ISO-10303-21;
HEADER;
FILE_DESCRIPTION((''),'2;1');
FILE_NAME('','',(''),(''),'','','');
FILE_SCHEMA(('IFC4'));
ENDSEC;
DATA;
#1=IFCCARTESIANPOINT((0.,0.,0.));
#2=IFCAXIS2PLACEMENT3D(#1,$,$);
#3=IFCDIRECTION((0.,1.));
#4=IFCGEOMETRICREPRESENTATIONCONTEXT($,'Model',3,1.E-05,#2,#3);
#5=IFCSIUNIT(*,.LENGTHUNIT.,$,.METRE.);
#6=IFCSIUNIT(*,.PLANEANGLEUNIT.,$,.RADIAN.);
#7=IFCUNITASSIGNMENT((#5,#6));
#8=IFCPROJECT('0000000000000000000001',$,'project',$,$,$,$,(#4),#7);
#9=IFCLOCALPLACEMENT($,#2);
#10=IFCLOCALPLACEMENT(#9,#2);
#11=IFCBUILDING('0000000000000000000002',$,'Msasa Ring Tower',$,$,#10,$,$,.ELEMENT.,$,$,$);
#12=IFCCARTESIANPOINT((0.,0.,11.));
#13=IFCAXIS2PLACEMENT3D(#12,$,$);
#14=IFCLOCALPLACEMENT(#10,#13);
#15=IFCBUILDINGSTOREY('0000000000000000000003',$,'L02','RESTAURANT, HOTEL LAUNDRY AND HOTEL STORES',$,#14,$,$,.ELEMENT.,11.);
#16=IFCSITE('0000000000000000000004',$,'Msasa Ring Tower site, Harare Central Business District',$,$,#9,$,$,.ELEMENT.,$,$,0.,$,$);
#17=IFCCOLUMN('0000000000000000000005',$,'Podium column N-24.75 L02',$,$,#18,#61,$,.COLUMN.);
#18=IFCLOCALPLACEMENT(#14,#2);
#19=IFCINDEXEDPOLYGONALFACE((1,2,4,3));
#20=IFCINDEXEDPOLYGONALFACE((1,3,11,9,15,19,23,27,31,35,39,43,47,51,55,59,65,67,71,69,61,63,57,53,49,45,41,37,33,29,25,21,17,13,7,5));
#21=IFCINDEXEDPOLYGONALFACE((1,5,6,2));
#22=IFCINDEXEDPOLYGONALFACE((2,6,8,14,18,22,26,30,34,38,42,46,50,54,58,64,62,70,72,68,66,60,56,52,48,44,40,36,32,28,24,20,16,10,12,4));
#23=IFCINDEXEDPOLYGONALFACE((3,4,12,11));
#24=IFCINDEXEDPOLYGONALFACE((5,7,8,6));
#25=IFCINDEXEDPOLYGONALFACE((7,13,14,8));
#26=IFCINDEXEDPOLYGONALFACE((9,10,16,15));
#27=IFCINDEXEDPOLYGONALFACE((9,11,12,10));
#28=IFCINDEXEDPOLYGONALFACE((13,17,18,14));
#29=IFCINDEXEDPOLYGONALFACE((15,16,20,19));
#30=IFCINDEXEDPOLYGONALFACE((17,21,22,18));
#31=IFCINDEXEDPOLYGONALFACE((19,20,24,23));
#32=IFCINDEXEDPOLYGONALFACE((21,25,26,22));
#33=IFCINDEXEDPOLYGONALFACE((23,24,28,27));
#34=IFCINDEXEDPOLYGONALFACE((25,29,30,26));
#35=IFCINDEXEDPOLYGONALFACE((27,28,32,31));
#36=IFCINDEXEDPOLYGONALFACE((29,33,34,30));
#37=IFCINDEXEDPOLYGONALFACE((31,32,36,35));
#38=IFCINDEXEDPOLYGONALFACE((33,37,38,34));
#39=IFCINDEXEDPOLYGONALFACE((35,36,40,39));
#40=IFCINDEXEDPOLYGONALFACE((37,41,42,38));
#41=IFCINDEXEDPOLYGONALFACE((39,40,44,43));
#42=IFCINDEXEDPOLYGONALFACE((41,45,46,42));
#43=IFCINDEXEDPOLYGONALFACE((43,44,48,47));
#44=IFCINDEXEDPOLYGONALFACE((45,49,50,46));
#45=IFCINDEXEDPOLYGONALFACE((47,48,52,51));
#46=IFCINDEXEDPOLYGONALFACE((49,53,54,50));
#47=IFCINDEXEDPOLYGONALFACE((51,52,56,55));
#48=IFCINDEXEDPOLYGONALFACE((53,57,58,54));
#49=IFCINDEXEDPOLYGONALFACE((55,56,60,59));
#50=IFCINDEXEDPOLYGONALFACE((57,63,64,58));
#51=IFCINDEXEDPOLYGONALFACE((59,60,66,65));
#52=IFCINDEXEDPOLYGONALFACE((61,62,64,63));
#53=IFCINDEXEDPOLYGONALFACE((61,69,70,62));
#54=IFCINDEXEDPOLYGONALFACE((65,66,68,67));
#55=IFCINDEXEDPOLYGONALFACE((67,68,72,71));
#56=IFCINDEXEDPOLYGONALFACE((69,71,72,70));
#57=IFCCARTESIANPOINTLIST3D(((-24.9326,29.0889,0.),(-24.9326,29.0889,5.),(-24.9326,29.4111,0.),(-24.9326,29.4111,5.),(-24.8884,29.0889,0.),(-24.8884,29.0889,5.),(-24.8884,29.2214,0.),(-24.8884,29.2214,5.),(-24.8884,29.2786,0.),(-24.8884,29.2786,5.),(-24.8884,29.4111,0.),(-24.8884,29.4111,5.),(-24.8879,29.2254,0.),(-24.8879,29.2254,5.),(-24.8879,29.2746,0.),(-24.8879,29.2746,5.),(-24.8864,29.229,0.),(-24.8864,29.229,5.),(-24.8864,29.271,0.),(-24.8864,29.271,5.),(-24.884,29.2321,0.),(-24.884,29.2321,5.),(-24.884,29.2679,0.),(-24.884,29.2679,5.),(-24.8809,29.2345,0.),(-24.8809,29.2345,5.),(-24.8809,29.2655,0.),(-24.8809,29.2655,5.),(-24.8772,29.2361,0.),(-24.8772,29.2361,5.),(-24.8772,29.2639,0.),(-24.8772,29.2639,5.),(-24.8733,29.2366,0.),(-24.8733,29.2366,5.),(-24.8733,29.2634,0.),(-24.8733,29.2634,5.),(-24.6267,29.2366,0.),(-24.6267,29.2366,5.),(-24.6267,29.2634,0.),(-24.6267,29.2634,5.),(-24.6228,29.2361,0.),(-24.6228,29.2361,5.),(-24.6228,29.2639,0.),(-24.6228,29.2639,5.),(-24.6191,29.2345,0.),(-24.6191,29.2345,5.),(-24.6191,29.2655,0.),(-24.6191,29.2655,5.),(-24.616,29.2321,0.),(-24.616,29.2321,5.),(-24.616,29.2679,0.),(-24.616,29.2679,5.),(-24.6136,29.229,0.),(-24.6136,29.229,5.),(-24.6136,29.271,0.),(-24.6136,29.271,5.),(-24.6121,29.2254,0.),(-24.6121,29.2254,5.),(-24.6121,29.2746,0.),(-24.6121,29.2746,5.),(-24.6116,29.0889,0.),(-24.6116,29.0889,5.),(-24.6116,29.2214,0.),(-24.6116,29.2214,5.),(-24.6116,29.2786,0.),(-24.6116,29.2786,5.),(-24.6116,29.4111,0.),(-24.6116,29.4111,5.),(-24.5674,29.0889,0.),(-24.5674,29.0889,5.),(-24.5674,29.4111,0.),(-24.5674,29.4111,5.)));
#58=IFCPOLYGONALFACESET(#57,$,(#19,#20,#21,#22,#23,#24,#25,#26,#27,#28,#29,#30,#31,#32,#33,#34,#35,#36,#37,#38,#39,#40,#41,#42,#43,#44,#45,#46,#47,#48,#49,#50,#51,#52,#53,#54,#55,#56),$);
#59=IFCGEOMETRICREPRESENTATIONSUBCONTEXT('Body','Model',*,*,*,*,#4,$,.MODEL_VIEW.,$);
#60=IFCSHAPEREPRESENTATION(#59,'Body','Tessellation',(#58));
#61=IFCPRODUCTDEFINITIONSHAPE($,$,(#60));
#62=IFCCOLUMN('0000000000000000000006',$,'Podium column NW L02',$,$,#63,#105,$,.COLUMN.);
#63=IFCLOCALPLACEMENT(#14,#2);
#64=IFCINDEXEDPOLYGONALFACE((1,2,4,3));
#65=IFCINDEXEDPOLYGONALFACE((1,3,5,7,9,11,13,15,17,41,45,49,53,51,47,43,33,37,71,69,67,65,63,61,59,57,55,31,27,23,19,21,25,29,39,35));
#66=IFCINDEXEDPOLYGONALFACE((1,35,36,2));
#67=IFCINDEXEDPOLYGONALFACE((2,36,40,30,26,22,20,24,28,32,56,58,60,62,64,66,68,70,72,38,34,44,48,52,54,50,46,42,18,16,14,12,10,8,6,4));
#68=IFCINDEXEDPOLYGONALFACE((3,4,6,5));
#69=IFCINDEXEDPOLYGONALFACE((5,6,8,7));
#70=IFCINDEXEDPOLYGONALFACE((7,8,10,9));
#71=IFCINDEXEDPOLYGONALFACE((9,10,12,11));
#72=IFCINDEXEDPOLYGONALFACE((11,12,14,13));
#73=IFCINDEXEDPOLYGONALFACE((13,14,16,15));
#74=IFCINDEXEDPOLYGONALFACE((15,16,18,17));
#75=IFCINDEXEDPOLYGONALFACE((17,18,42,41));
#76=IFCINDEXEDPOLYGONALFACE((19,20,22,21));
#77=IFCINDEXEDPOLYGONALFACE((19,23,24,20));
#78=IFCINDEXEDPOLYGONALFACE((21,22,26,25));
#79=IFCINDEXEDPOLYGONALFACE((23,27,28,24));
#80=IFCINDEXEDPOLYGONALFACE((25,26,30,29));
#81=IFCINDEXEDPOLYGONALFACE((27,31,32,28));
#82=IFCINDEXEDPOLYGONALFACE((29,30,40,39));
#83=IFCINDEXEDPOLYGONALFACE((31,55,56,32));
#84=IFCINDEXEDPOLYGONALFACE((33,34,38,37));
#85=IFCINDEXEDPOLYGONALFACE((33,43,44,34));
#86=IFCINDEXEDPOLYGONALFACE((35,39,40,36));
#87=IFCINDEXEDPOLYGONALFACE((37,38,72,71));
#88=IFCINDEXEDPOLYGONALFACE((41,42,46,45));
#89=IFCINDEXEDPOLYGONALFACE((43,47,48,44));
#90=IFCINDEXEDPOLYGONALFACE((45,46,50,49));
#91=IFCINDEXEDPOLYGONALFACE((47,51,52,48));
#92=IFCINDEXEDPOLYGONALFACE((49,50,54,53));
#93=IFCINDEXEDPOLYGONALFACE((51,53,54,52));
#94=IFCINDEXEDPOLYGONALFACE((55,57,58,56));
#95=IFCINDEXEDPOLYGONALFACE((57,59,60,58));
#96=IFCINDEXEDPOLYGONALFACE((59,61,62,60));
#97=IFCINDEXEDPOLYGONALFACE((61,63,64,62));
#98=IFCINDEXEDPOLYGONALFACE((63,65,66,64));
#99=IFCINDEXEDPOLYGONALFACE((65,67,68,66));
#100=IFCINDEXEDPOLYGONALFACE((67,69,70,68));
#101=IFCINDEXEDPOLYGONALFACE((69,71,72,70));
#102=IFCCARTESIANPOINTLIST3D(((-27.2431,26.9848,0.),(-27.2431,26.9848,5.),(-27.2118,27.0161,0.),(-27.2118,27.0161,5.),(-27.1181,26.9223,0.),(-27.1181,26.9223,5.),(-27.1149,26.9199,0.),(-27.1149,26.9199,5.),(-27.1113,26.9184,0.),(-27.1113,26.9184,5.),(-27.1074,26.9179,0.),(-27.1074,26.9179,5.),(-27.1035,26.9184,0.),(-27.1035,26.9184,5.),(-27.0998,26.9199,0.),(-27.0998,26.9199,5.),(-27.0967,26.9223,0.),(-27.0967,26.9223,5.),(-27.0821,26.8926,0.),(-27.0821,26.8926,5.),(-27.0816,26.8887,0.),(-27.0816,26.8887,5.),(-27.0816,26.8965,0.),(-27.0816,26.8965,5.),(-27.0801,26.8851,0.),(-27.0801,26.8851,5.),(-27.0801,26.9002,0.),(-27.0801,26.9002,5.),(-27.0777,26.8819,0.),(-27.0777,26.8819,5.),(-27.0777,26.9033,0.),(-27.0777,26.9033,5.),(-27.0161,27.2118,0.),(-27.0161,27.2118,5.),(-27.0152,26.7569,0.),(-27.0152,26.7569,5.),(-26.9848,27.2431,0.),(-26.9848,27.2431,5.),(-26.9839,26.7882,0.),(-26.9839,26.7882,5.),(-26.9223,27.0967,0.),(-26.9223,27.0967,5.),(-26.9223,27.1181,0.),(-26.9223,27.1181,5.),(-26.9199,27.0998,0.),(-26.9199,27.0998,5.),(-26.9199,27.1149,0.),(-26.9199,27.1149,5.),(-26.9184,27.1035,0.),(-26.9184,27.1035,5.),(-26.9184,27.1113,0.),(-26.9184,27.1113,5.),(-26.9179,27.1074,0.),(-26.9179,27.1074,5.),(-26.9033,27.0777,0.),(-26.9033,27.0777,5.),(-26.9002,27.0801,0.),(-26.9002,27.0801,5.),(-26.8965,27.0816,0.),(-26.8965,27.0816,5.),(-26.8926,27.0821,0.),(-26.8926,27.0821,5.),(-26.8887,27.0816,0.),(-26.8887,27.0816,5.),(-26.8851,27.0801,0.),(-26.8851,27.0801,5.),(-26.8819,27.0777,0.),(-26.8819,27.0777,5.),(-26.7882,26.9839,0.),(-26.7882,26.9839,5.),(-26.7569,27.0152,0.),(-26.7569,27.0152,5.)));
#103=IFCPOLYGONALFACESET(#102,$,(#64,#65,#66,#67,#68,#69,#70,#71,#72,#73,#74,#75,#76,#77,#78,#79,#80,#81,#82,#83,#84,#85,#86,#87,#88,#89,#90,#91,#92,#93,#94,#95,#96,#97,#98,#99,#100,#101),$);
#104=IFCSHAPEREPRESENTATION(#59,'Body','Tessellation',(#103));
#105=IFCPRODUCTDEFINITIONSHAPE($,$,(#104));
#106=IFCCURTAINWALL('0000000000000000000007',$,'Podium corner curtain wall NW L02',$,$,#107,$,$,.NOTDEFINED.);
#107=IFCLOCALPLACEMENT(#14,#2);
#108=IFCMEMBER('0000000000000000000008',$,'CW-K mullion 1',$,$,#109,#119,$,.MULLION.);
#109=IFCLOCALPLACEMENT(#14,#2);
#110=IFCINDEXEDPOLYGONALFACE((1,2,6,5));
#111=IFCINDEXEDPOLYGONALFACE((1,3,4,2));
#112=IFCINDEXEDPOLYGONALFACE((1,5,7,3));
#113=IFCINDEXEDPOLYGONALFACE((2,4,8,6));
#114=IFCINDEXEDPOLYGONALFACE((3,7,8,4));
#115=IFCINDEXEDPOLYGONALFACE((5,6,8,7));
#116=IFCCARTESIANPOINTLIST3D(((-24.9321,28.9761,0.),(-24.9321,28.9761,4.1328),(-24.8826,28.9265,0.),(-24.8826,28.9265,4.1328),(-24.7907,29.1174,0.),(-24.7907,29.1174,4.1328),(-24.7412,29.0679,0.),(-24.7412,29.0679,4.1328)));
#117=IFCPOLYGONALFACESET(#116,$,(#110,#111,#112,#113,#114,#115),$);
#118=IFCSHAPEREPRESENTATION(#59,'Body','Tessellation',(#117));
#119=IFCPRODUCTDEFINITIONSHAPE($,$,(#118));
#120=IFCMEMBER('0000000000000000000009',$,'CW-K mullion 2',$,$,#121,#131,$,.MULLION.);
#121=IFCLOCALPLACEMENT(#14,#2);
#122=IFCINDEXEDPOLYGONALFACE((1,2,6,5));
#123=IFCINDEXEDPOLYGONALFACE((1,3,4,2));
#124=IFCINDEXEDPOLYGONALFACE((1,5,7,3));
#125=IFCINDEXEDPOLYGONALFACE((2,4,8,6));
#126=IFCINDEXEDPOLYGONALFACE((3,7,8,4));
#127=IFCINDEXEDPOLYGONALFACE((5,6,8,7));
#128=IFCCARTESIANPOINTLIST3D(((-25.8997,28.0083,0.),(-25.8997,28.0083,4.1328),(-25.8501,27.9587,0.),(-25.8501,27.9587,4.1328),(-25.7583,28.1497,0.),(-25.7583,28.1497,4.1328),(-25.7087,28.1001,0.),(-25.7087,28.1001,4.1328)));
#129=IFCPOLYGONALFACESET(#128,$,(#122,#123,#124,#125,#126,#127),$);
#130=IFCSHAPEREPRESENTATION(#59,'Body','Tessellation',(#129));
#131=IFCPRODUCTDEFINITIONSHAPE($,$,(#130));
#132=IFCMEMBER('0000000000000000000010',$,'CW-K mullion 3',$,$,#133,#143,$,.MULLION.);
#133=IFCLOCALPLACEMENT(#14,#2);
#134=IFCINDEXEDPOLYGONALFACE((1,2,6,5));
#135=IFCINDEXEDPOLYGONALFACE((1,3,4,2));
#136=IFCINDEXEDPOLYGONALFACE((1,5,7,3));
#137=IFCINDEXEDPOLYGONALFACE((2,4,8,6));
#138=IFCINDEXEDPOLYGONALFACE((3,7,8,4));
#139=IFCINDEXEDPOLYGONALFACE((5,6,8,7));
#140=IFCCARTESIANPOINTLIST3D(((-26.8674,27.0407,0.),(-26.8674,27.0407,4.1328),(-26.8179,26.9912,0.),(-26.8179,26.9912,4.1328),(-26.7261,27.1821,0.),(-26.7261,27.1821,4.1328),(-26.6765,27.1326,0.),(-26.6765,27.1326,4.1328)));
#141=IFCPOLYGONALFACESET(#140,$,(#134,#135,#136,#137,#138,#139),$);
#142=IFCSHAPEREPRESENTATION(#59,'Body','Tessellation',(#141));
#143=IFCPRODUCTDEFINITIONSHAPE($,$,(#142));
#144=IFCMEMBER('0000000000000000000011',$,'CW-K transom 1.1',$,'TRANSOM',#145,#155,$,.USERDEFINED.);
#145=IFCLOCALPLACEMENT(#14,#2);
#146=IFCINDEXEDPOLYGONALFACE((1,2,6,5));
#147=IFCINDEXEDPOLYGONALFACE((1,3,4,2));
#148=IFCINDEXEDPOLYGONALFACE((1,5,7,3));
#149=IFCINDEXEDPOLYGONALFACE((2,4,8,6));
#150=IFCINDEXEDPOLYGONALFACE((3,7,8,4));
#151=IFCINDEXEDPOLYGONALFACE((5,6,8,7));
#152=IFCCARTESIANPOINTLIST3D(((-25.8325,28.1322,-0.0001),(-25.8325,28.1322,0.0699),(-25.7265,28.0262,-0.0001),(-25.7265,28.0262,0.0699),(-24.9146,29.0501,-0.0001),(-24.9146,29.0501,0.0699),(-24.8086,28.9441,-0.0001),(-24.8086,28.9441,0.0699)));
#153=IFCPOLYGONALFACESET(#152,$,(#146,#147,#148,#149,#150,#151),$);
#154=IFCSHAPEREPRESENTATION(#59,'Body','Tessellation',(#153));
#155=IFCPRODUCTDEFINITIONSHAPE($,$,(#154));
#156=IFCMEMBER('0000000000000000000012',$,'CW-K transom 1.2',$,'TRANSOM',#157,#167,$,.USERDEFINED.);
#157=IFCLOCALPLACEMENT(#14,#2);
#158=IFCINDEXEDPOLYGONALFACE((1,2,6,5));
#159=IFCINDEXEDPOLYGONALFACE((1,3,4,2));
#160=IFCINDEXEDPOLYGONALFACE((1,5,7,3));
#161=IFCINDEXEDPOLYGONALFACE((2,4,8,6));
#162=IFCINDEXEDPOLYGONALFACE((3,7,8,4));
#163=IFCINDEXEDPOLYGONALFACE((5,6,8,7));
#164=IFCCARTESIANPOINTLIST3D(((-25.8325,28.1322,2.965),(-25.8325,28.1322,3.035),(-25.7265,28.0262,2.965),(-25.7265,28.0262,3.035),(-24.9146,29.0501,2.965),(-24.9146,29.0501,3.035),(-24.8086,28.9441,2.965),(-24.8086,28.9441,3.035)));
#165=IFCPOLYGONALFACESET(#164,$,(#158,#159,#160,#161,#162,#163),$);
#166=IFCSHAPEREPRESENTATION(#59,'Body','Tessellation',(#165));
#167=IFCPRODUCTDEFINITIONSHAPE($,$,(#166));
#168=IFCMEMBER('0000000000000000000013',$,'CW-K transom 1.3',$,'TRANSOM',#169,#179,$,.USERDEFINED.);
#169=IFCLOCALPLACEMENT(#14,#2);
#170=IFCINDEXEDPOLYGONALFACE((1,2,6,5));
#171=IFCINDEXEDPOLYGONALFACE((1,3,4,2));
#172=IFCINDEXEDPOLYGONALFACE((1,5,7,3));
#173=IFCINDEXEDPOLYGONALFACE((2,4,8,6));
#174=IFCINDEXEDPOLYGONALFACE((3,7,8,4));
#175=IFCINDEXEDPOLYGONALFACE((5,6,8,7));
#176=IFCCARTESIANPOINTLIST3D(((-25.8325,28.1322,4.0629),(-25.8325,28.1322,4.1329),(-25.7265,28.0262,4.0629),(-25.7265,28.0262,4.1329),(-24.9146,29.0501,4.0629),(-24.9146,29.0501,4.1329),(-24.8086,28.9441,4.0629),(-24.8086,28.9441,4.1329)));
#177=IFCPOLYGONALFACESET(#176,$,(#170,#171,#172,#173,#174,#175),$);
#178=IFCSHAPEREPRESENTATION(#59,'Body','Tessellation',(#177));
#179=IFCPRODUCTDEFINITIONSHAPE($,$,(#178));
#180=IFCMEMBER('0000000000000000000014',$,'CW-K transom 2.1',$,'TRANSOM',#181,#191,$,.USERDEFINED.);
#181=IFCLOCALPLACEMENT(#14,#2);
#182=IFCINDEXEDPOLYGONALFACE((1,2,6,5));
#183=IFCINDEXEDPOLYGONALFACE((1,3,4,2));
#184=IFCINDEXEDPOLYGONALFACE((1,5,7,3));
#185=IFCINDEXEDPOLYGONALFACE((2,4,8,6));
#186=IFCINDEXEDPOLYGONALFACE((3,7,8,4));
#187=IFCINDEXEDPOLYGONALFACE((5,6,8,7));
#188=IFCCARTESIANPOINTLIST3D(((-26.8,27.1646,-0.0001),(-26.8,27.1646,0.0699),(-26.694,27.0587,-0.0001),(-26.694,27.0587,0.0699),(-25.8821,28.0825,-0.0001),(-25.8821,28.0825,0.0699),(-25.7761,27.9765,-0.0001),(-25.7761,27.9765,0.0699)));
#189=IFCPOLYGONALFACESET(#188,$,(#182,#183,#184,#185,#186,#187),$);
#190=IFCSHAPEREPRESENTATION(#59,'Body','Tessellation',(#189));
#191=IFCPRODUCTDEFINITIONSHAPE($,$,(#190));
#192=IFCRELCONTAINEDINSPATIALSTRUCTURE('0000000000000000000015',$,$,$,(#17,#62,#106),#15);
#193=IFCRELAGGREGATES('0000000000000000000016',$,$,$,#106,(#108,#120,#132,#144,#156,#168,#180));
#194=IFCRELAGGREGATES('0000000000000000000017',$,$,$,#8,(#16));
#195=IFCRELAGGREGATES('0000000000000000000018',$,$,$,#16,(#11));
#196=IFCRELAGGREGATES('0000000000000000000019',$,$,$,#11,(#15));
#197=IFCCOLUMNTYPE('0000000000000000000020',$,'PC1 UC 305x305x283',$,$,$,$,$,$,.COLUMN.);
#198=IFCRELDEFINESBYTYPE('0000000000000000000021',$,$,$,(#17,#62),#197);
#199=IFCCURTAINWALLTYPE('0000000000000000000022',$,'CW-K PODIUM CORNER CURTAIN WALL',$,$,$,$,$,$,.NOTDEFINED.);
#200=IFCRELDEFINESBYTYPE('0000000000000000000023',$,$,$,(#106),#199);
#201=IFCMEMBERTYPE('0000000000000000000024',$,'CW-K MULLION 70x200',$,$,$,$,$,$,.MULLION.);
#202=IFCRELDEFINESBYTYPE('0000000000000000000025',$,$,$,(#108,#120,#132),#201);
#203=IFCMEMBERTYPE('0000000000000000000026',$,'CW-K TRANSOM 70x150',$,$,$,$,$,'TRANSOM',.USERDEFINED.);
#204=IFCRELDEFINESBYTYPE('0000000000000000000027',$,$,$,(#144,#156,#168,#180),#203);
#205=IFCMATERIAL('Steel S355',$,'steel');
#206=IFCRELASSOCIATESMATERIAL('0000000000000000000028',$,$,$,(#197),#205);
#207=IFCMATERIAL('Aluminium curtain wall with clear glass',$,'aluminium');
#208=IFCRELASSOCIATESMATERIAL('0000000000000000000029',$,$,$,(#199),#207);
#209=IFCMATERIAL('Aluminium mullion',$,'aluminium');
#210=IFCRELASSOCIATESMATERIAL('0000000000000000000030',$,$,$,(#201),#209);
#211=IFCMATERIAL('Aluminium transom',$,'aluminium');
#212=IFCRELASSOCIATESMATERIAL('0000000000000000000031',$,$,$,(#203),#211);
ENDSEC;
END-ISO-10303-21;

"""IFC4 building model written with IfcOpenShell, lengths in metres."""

from ifc_helpers import new_model, si_unit, direction, frame, origin, origin_2d, place, context, subcontext, project, spatial, rectangle, i_section, extrude, material, material_profile, profile_set, type_object, element, aggregate, save


model = new_model("IFC4")

# Units and contexts
model_context = context("Model", 3, precision=1e-05, world=origin(), true_north=direction((0.0, 1.0)))
body_context = subcontext(model_context, "Body", "Model", "MODEL_VIEW")
ifc_project = project(units=[si_unit("LENGTHUNIT", "METRE"), si_unit("PLANEANGLEUNIT", "RADIAN")], contexts=[model_context])

# Site, building, storey
site_placement = place(None, origin())
site = spatial("IfcSite", under=ifc_project, at=site_placement, Name="Msasa Ring Tower site, Harare Central Business District", CompositionType="ELEMENT", RefElevation=0.0)
building_placement = place(site_placement, origin())
building = spatial("IfcBuilding", under=site, at=building_placement, Name="Msasa Ring Tower", CompositionType="ELEMENT")
storey_placement = place(building_placement, frame((0.0, 0.0, 11.0)))
storey = spatial("IfcBuildingStorey", under=building, at=storey_placement, Name="L02", Description="RESTAURANT, HOTEL LAUNDRY AND HOTEL STORES", CompositionType="ELEMENT", Elevation=11.0)

# Columns
ifc_material_1 = material(Name="Steel S355", Category="steel")
ifc_material_profile_1 = material_profile(ifc_material_1, i_section(OverallWidth=0.3223, OverallDepth=0.3652, WebThickness=0.0269, FlangeThickness=0.0442, FilletRadius=0.0151, at=origin_2d()), Name="UC 305x305x283")
ifc_profile_set_1 = profile_set([ifc_material_profile_1], Name="Steel S355")
column_type = type_object("IfcColumnType", Name="PC1 UC 305x305x283", PredefinedType="COLUMN", material=ifc_profile_set_1)
for number, where, z_axis, x_axis, name in (
    (1, (-24.75, 29.25, 0.0), (0.0, 0.0, 1.0), (0.0, 1.0, 0.0), "Podium column N-24.75 L02"),
    (2, (-27.0, 27.0, 0.0), (0.0, 0.0, 1.0), (0.707107, -0.707107, 0.0), "Podium column NW L02"),
):
    element("IfcColumn", number, at=place(storey_placement, frame(where, z_axis=z_axis, x_axis=x_axis)), inside=storey, type_object=column_type, Name=name, PredefinedType="COLUMN", context=body_context, shape_type="SweptSolid", body=[
        extrude(i_section(OverallWidth=0.3223, OverallDepth=0.3652, WebThickness=0.0269, FlangeThickness=0.0442, FilletRadius=0.0151, at=origin_2d()), origin(), (0.0, 0.0, 1.0), 5.0),
    ])

# Curtain wall, members
ifc_material_2 = material(Name="Aluminium curtain wall with clear glass", Category="aluminium")
curtain_wall_type = type_object("IfcCurtainWallType", Name="CW-K PODIUM CORNER CURTAIN WALL", PredefinedType="NOTDEFINED", material=ifc_material_2)
curtain_wall_placement = place(storey_placement, origin())
curtain_wall = element("IfcCurtainWall", 3, at=curtain_wall_placement, inside=storey, type_object=curtain_wall_type, Name="Podium corner curtain wall NW L02", PredefinedType="NOTDEFINED")
ifc_material_3 = material(Name="Aluminium mullion", Category="aluminium")
ifc_material_profile_2 = material_profile(ifc_material_3, rectangle(XDim=0.0701, YDim=0.2, at=origin_2d()), Name="AL 70x200")
ifc_profile_set_2 = profile_set([ifc_material_profile_2], Name="Aluminium mullion")
member_type_1 = type_object("IfcMemberType", Name="CW-K MULLION 70x200", PredefinedType="MULLION", material=ifc_profile_set_2)
member_1_placement = place(storey_placement, frame((-24.8367, 29.022, 0.0), z_axis=(0.0, 0.0, 1.0), x_axis=(0.707107, -0.707107, 0.0)))
member_1 = element("IfcMember", 4, at=member_1_placement, type_object=member_type_1, Name="CW-K mullion 1", PredefinedType="MULLION", context=body_context, shape_type="SweptSolid", body=[
    extrude(rectangle(XDim=0.0701, YDim=0.2, at=origin_2d()), origin(), (0.0, 0.0, 1.0), 4.1328),
])
member_2_placement = place(storey_placement, frame((-25.8042, 28.0542, 0.0), z_axis=(0.0, 0.0, 1.0), x_axis=(0.707107, -0.707107, 0.0)))
member_2 = element("IfcMember", 5, at=member_2_placement, type_object=member_type_1, Name="CW-K mullion 2", PredefinedType="MULLION", context=body_context, shape_type="SweptSolid", body=[
    extrude(rectangle(XDim=0.0701, YDim=0.2, at=origin_2d()), origin(), (0.0, 0.0, 1.0), 4.1328),
])
member_3_placement = place(storey_placement, frame((-26.772, 27.0867, 0.0), z_axis=(0.0, 0.0, 1.0), x_axis=(0.707107, -0.707107, 0.0)))
member_3 = element("IfcMember", 6, at=member_3_placement, type_object=member_type_1, Name="CW-K mullion 3", PredefinedType="MULLION", context=body_context, shape_type="SweptSolid", body=[
    extrude(rectangle(XDim=0.0701, YDim=0.2, at=origin_2d()), origin(), (0.0, 0.0, 1.0), 4.1328),
])
ifc_material_4 = material(Name="Aluminium transom", Category="aluminium")
ifc_material_profile_3 = material_profile(ifc_material_4, rectangle(XDim=0.1499, YDim=0.0701, at=origin_2d()), Name="AL 70x150")
ifc_profile_set_3 = profile_set([ifc_material_profile_3], Name="Aluminium transom")
member_type_2 = type_object("IfcMemberType", Name="CW-K TRANSOM 70x150", ElementType="TRANSOM", PredefinedType="USERDEFINED", material=ifc_profile_set_3)
member_4_placement = place(storey_placement, frame((-24.8616, 28.9971, 0.0349), z_axis=(-0.707107, -0.707107, 0.0), x_axis=(0.707107, -0.707107, 0.0)))
member_4 = element("IfcMember", 7, at=member_4_placement, type_object=member_type_2, Name="CW-K transom 1.1", ObjectType="TRANSOM", PredefinedType="USERDEFINED", context=body_context, shape_type="SweptSolid", body=[
    extrude(rectangle(XDim=0.1499, YDim=0.0701, at=origin_2d()), origin(), (0.0, 0.0, 1.0), 1.2981),
])
member_5_placement = place(storey_placement, frame((-24.8616, 28.9971, 3.0), z_axis=(-0.707107, -0.707107, 0.0), x_axis=(0.707107, -0.707107, 0.0)))
member_5 = element("IfcMember", 8, at=member_5_placement, type_object=member_type_2, Name="CW-K transom 1.2", ObjectType="TRANSOM", PredefinedType="USERDEFINED", context=body_context, shape_type="SweptSolid", body=[
    extrude(rectangle(XDim=0.1499, YDim=0.0701, at=origin_2d()), origin(), (0.0, 0.0, 1.0), 1.2981),
])
member_6_placement = place(storey_placement, frame((-24.8616, 28.9971, 4.0979), z_axis=(-0.707107, -0.707107, 0.0), x_axis=(0.707107, -0.707107, 0.0)))
member_6 = element("IfcMember", 9, at=member_6_placement, type_object=member_type_2, Name="CW-K transom 1.3", ObjectType="TRANSOM", PredefinedType="USERDEFINED", context=body_context, shape_type="SweptSolid", body=[
    extrude(rectangle(XDim=0.1499, YDim=0.0701, at=origin_2d()), origin(), (0.0, 0.0, 1.0), 1.2981),
])
member_7_placement = place(storey_placement, frame((-25.8291, 28.0295, 0.0349), z_axis=(-0.707107, -0.707107, 0.0), x_axis=(0.707107, -0.707107, 0.0)))
member_7 = element("IfcMember", 10, at=member_7_placement, type_object=member_type_2, Name="CW-K transom 2.1", ObjectType="TRANSOM", PredefinedType="USERDEFINED", context=body_context, shape_type="SweptSolid", body=[
    extrude(rectangle(XDim=0.1499, YDim=0.0701, at=origin_2d()), origin(), (0.0, 0.0, 1.0), 1.2981),
])

aggregate(curtain_wall, [member_1, member_2, member_3, member_4, member_5, member_6, member_7])

save(model, "model.ifc")
